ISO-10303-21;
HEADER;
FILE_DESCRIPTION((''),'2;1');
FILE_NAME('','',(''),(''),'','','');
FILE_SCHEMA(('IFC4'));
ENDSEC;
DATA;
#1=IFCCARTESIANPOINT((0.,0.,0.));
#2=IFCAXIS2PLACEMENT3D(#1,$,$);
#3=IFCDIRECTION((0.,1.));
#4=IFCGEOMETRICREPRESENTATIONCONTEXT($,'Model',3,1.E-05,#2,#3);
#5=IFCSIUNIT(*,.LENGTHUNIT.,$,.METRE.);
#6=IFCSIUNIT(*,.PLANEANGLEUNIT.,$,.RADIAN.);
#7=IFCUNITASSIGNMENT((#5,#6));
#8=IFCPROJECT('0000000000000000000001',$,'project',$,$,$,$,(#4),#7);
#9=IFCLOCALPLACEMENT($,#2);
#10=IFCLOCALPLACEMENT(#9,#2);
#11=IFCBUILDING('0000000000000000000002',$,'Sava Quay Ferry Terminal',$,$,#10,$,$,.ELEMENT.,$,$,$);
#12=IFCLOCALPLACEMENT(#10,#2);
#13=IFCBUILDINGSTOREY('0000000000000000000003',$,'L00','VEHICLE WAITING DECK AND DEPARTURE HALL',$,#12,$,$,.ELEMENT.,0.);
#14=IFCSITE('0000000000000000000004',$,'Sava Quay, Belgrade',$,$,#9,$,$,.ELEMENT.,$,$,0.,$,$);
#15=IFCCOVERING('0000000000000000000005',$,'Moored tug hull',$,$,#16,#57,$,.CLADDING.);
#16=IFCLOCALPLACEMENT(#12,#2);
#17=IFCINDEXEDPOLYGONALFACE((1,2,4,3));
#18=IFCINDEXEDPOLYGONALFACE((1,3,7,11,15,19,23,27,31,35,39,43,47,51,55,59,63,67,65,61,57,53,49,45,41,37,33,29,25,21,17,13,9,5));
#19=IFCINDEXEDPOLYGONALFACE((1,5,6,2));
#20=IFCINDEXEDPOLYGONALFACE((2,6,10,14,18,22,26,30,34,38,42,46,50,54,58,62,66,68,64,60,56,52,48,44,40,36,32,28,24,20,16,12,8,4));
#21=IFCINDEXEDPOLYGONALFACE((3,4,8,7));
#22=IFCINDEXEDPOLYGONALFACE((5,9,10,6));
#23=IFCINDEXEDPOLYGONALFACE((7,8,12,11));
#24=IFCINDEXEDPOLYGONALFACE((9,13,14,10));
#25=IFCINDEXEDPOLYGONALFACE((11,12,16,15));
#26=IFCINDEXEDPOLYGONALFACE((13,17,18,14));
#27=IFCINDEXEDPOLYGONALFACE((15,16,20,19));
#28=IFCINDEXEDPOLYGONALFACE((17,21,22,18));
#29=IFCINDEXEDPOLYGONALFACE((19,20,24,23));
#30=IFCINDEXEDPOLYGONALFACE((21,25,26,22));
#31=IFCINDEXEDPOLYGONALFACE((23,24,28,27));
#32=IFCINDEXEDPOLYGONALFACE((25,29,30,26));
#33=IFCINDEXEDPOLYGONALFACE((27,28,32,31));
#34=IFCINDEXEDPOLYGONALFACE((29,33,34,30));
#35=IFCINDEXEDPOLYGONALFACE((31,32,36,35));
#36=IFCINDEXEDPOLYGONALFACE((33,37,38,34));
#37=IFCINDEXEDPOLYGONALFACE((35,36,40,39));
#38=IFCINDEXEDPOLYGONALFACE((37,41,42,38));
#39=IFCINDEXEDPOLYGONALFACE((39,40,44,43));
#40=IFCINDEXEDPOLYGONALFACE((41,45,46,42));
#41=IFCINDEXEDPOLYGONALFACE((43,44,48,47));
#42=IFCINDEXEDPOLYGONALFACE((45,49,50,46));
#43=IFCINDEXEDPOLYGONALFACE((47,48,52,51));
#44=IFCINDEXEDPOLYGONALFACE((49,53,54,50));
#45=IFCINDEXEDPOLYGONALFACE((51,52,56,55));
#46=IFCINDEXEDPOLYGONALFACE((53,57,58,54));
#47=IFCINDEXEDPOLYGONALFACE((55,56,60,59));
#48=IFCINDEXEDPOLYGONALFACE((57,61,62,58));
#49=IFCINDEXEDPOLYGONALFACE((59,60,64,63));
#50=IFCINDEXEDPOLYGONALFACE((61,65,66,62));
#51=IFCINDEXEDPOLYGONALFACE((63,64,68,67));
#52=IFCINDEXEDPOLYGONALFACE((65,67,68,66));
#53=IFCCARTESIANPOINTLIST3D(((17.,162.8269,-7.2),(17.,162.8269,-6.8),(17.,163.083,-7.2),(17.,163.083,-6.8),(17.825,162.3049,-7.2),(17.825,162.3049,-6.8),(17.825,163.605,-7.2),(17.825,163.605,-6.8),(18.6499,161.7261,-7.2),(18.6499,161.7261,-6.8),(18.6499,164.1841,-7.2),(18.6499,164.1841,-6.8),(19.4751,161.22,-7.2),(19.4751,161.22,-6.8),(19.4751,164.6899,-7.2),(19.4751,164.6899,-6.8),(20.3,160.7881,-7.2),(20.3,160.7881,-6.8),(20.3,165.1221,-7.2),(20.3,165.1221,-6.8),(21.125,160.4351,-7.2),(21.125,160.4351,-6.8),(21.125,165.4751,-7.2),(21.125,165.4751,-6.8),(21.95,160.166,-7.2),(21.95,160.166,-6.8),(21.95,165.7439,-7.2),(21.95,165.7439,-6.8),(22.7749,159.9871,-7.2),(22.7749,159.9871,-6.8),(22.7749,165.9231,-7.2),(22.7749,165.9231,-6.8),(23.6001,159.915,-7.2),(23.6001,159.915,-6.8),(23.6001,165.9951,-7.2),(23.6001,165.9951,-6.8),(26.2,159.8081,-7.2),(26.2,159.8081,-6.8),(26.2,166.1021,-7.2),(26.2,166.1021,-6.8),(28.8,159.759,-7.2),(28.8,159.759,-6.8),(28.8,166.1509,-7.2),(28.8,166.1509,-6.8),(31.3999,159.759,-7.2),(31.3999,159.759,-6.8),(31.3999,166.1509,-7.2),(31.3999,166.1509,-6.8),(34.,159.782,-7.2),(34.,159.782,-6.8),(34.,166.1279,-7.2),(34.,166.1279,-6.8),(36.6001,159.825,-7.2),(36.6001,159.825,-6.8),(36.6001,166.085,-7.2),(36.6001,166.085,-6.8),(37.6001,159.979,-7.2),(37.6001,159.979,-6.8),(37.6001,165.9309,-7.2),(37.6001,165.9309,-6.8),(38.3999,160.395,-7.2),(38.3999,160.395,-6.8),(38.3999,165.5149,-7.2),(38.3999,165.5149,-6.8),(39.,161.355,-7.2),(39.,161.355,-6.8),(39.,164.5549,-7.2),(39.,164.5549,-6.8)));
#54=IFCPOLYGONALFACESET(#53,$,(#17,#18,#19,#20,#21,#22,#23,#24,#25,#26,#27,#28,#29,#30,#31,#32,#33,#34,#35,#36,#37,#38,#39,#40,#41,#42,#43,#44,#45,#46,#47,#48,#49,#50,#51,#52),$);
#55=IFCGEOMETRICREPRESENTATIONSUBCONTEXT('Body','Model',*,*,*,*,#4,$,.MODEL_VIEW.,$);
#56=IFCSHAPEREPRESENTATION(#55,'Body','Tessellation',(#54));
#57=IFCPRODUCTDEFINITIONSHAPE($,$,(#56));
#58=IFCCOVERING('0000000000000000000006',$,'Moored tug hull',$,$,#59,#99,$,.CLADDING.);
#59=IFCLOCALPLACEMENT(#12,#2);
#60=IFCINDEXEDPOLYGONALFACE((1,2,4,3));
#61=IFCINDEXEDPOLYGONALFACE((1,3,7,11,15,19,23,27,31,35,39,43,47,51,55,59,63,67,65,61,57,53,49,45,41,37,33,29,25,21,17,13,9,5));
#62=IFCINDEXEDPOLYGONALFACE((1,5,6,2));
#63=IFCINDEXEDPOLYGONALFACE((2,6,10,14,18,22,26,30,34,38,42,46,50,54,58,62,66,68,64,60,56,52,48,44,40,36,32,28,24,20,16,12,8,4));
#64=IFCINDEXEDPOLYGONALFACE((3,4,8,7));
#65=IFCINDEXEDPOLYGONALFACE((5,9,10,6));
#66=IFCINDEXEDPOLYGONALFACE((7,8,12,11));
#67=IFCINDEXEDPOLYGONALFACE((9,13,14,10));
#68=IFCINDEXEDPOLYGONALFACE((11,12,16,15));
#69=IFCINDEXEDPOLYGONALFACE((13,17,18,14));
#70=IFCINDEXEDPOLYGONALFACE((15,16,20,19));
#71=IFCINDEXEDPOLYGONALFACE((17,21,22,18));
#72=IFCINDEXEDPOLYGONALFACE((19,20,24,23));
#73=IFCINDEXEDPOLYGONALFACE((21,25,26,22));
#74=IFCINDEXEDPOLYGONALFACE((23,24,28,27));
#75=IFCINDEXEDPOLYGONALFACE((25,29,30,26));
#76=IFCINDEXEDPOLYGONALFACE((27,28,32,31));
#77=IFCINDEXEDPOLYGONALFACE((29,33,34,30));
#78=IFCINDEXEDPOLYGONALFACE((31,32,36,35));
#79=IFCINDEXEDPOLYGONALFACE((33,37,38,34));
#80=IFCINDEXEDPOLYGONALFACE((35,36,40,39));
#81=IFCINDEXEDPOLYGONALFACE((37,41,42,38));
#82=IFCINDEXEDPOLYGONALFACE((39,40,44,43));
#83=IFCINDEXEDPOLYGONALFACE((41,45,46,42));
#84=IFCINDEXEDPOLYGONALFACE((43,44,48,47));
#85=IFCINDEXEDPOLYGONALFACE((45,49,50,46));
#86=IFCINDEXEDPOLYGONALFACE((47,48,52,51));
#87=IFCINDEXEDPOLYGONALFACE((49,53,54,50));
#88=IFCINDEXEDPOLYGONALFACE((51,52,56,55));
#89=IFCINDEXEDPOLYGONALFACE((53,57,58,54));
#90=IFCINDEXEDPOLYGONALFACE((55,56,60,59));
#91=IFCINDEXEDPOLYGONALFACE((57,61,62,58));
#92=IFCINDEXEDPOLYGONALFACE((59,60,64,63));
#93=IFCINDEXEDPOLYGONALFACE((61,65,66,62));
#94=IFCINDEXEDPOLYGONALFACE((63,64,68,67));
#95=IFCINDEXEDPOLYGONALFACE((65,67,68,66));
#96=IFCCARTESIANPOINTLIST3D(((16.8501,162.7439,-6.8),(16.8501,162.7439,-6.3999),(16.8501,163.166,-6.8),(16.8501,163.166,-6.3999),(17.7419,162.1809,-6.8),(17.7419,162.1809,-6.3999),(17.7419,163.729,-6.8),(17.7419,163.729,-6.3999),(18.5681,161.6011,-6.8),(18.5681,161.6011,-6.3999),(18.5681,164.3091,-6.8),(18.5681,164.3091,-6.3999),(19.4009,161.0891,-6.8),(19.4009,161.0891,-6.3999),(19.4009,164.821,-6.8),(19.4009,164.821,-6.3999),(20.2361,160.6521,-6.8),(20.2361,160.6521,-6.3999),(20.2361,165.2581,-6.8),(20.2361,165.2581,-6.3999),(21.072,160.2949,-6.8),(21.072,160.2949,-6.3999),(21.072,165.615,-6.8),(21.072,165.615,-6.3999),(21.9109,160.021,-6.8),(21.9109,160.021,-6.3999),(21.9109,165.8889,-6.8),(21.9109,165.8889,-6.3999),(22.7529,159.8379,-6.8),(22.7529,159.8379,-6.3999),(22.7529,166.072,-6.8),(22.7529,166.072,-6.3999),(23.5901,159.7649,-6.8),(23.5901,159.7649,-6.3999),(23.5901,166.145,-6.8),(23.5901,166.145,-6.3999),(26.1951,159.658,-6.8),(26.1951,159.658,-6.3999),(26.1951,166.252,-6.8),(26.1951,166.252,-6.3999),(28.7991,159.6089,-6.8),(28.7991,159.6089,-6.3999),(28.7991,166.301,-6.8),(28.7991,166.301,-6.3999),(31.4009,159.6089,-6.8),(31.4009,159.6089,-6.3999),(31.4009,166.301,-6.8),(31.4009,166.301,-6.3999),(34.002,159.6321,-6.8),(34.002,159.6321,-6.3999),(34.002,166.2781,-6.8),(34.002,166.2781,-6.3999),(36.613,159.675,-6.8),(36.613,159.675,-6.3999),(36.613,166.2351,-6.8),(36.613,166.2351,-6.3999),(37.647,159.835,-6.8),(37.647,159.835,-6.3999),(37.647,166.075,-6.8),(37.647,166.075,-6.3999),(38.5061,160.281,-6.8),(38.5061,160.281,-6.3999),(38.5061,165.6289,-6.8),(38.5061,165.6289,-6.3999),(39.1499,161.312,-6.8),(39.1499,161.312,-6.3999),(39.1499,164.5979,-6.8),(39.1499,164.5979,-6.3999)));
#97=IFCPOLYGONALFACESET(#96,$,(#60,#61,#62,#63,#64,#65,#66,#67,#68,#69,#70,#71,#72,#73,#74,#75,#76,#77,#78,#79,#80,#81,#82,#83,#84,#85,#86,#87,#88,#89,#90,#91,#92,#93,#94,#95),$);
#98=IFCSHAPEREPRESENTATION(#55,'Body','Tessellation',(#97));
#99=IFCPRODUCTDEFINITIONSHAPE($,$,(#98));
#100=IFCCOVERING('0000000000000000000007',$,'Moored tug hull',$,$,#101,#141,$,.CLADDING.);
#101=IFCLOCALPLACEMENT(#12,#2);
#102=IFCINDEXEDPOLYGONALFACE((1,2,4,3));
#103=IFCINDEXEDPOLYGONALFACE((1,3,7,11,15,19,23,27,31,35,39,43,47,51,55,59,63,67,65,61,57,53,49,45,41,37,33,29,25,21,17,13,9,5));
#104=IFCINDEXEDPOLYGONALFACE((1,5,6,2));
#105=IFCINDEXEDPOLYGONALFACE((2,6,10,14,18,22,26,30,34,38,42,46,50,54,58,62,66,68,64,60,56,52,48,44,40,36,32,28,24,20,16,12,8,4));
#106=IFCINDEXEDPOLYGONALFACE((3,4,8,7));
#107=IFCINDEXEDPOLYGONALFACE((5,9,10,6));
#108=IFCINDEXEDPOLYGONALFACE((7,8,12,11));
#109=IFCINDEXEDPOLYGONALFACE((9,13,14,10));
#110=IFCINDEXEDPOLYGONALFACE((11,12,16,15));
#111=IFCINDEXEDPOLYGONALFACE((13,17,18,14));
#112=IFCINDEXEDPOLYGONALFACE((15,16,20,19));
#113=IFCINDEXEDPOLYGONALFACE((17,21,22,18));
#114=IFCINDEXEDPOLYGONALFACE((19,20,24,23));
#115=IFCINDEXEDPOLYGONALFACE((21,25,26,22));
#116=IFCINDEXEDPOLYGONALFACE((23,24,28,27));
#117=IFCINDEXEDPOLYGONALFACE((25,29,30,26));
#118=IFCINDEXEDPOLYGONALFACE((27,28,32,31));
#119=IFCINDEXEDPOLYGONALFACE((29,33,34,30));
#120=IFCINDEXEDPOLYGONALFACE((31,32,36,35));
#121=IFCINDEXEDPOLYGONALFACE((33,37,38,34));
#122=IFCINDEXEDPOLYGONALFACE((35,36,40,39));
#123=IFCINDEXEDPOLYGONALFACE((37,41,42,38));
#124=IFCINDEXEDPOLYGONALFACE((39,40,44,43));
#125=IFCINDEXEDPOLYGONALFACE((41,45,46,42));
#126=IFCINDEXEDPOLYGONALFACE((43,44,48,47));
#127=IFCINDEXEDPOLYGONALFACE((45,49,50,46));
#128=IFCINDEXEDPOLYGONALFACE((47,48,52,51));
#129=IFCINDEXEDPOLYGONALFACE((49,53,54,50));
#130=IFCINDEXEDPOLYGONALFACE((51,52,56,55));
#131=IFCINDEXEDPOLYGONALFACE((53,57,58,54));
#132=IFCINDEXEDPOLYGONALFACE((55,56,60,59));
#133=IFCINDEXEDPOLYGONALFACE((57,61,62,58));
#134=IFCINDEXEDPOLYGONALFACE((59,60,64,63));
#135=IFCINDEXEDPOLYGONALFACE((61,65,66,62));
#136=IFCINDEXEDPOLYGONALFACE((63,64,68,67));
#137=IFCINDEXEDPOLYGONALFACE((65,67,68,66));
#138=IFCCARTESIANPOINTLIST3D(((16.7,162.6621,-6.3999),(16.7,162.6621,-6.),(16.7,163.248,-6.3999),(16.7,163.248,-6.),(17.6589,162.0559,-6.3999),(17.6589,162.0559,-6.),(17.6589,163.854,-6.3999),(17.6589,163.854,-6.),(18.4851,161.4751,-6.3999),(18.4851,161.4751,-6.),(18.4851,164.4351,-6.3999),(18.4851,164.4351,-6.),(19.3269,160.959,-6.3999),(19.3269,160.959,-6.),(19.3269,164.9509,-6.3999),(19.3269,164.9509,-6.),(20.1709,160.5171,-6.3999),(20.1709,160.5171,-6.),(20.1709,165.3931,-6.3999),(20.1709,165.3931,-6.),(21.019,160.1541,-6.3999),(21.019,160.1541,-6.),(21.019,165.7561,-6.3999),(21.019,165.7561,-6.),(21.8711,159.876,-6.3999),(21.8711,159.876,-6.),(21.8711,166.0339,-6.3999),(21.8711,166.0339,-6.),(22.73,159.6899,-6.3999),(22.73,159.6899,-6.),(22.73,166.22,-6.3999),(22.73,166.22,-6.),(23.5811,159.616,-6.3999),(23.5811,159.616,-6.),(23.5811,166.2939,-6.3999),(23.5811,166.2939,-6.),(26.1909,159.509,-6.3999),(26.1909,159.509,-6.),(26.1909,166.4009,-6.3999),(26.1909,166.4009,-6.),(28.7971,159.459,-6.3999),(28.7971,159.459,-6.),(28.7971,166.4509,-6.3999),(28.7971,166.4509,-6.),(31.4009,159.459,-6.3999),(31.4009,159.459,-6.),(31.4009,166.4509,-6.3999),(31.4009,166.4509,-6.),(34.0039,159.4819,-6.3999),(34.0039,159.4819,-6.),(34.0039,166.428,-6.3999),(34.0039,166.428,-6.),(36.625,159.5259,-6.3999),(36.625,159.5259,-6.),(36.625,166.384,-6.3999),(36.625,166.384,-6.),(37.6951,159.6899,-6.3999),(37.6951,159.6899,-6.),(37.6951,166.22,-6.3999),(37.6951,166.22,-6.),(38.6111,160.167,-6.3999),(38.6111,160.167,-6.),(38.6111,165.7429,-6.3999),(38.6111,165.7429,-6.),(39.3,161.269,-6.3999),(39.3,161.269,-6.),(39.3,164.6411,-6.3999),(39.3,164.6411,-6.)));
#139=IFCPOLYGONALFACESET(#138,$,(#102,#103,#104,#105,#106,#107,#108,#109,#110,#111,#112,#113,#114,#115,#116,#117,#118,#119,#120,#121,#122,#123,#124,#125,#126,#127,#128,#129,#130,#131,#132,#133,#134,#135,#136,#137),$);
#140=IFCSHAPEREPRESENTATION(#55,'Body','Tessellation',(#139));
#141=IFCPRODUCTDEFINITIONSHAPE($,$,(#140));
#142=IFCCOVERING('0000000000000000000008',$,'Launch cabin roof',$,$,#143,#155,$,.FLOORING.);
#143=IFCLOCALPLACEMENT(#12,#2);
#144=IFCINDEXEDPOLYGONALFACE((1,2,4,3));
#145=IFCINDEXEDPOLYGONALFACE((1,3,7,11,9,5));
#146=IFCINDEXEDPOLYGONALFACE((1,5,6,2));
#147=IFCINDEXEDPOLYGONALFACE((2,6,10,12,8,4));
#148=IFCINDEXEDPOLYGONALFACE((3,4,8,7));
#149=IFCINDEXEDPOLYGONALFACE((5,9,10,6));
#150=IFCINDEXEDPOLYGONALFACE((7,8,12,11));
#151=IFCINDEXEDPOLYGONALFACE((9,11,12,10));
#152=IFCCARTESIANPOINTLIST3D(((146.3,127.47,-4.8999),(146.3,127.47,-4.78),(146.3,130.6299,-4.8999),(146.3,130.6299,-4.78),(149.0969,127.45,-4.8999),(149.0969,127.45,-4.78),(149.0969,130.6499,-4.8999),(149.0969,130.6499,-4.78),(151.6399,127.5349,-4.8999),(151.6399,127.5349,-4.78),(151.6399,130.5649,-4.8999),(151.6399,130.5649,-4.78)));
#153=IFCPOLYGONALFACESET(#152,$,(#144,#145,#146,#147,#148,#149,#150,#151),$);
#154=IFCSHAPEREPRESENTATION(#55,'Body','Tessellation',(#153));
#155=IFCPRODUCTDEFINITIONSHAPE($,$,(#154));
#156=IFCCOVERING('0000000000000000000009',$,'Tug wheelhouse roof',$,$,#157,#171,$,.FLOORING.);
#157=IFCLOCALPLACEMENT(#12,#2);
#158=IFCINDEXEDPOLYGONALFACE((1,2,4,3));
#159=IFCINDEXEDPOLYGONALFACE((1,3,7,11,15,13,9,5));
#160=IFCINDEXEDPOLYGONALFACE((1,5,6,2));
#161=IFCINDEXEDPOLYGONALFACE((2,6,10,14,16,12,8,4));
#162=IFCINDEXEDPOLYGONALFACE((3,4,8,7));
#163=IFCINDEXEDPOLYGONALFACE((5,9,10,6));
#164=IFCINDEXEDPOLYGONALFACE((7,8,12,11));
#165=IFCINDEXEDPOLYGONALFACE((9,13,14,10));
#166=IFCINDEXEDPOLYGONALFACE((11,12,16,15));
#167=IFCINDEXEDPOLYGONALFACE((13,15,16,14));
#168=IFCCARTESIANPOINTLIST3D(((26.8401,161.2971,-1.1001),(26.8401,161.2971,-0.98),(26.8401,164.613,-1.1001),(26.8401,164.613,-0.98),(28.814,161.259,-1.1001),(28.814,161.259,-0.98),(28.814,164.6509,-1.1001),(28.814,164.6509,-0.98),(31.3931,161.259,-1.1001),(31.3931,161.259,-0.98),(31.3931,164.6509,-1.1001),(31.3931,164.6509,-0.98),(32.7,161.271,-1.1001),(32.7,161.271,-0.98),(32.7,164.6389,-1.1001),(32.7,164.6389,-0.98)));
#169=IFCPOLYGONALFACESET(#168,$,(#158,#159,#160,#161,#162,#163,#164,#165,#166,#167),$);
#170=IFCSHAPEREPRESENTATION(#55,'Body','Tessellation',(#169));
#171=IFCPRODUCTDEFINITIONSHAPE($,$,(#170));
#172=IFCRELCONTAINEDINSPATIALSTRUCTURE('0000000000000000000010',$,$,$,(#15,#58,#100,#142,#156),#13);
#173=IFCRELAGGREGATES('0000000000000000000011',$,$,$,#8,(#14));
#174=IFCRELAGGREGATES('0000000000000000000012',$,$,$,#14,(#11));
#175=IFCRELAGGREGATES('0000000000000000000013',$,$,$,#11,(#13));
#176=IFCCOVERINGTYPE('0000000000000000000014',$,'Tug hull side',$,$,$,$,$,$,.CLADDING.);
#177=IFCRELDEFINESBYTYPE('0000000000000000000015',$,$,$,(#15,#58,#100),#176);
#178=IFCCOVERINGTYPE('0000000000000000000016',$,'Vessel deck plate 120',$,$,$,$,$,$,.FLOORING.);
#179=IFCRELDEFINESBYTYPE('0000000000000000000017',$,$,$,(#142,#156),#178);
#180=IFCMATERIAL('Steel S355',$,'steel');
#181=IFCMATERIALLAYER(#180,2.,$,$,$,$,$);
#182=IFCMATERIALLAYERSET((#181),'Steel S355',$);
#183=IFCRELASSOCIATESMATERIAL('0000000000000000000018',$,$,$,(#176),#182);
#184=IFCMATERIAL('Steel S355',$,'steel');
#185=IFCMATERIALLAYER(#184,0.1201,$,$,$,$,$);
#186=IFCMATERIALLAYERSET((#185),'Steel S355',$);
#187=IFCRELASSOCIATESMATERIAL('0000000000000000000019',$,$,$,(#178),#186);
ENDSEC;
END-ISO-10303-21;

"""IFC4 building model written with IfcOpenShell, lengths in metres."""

from ifc_helpers import new_model, si_unit, direction, frame, origin, place, context, subcontext, project, spatial, polyline, outline, extrude, material, layer, layer_set, type_object, element, save


model = new_model("IFC4")

# Units and contexts
model_context = context("Model", 3, precision=1e-05, world=origin(), true_north=direction((0.0, 1.0)))
body_context = subcontext(model_context, "Body", "Model", "MODEL_VIEW")
ifc_project = project(units=[si_unit("LENGTHUNIT", "METRE"), si_unit("PLANEANGLEUNIT", "RADIAN")], contexts=[model_context])

# Site, building, storey
site_placement = place(None, origin())
site = spatial("IfcSite", under=ifc_project, at=site_placement, Name="Sava Quay, Belgrade", CompositionType="ELEMENT", RefElevation=0.0)
building_placement = place(site_placement, origin())
building = spatial("IfcBuilding", under=site, at=building_placement, Name="Sava Quay Ferry Terminal", CompositionType="ELEMENT")
storey_placement = place(building_placement, origin())
storey = spatial("IfcBuildingStorey", under=building, at=storey_placement, Name="L00", Description="VEHICLE WAITING DECK AND DEPARTURE HALL", CompositionType="ELEMENT", Elevation=0.0)

# Coverings
ifc_material_1 = material(Name="Steel S355", Category="steel")
ifc_layer_1 = layer(ifc_material_1, 2.0)
ifc_layer_set_1 = layer_set([ifc_layer_1], Name="Steel S355")
covering_type_1 = type_object("IfcCoveringType", Name="Tug hull side", PredefinedType="CLADDING", material=ifc_layer_set_1)
covering_1_placement = place(storey_placement, frame((0.0, 0.0, -7.2)))
element("IfcCovering", 1, at=covering_1_placement, inside=storey, type_object=covering_type_1, Name="Moored tug hull", PredefinedType="CLADDING", context=body_context, shape_type="SweptSolid", body=[
    extrude(outline(polyline([(39.0, 164.5549), (38.3999, 165.5149), (37.6001, 165.9309), (36.6001, 166.085), (34.0, 166.1279), (31.3999, 166.1509), (28.8, 166.1509), (26.2, 166.1021), (23.6001, 165.9951), (22.7749, 165.9231), (21.95, 165.7439), (21.125, 165.4751), (20.3, 165.1221), (19.4751, 164.6899), (18.6499, 164.1841), (17.825, 163.605), (17.0, 163.083), (17.0, 162.8269), (17.825, 162.3049), (18.6499, 161.7261), (19.4751, 161.22), (20.3, 160.7881), (21.125, 160.4351), (21.95, 160.166), (22.7749, 159.9871), (23.6001, 159.915), (26.2, 159.8081), (28.8, 159.759), (31.3999, 159.759), (34.0, 159.782), (36.6001, 159.825), (37.6001, 159.979), (38.3999, 160.395), (39.0, 161.355), (39.0, 164.5549)])), origin(), (0.0, 0.0, 1.0), 0.3999),
])
covering_2_placement = place(storey_placement, frame((0.0, 0.0, -6.8)))
element("IfcCovering", 2, at=covering_2_placement, inside=storey, type_object=covering_type_1, Name="Moored tug hull", PredefinedType="CLADDING", context=body_context, shape_type="SweptSolid", body=[
    extrude(outline(polyline([(39.1499, 164.5979), (38.5061, 165.6289), (37.647, 166.075), (36.613, 166.2351), (34.002, 166.2781), (31.4009, 166.301), (28.7991, 166.301), (26.1951, 166.252), (23.5901, 166.145), (22.7529, 166.072), (21.9109, 165.8889), (21.072, 165.615), (20.2361, 165.2581), (19.4009, 164.821), (18.5681, 164.3091), (17.7419, 163.729), (16.8501, 163.166), (16.8501, 162.7439), (17.7419, 162.1809), (18.5681, 161.6011), (19.4009, 161.0891), (20.2361, 160.6521), (21.072, 160.2949), (21.9109, 160.021), (22.7529, 159.8379), (23.5901, 159.7649), (26.1951, 159.658), (28.7991, 159.6089), (31.4009, 159.6089), (34.002, 159.6321), (36.613, 159.675), (37.647, 159.835), (38.5061, 160.281), (39.1499, 161.312), (39.1499, 164.5979)])), origin(), (0.0, 0.0, 1.0), 0.4001),
])
covering_3_placement = place(storey_placement, frame((0.0, 0.0, -6.3999)))
element("IfcCovering", 3, at=covering_3_placement, inside=storey, type_object=covering_type_1, Name="Moored tug hull", PredefinedType="CLADDING", context=body_context, shape_type="SweptSolid", body=[
    extrude(outline(polyline([(39.3, 164.6411), (38.6111, 165.7429), (37.6951, 166.22), (36.625, 166.384), (34.0039, 166.428), (31.4009, 166.4509), (28.7971, 166.4509), (26.1909, 166.4009), (23.5811, 166.2939), (22.73, 166.22), (21.8711, 166.0339), (21.019, 165.7561), (20.1709, 165.3931), (19.3269, 164.9509), (18.4851, 164.4351), (17.6589, 163.854), (16.7, 163.248), (16.7, 162.6621), (17.6589, 162.0559), (18.4851, 161.4751), (19.3269, 160.959), (20.1709, 160.5171), (21.019, 160.1541), (21.8711, 159.876), (22.73, 159.6899), (23.5811, 159.616), (26.1909, 159.509), (28.7971, 159.459), (31.4009, 159.459), (34.0039, 159.4819), (36.625, 159.5259), (37.6951, 159.6899), (38.6111, 160.167), (39.3, 161.269), (39.3, 164.6411)])), origin(), (0.0, 0.0, 1.0), 0.3999),
])
ifc_material_2 = material(Name="Steel S355", Category="steel")
ifc_layer_2 = layer(ifc_material_2, 0.1201)
ifc_layer_set_2 = layer_set([ifc_layer_2], Name="Steel S355")
covering_type_2 = type_object("IfcCoveringType", Name="Vessel deck plate 120", PredefinedType="FLOORING", material=ifc_layer_set_2)
covering_4_placement = place(storey_placement, frame((0.0, 0.0, -4.8999)))
element("IfcCovering", 4, at=covering_4_placement, inside=storey, type_object=covering_type_2, Name="Launch cabin roof", PredefinedType="FLOORING", context=body_context, shape_type="SweptSolid", body=[
    extrude(outline(polyline([(149.0969, 130.6499), (146.3, 130.6299), (146.3, 127.47), (149.0969, 127.45), (151.6399, 127.5349), (151.6399, 130.5649), (149.0969, 130.6499)])), origin(), (0.0, 0.0, 1.0), 0.1199),
])
covering_5_placement = place(storey_placement, frame((0.0, 0.0, -1.1001)))
element("IfcCovering", 5, at=covering_5_placement, inside=storey, type_object=covering_type_2, Name="Tug wheelhouse roof", PredefinedType="FLOORING", context=body_context, shape_type="SweptSolid", body=[
    extrude(outline(polyline([(31.3931, 164.6509), (28.814, 164.6509), (26.8401, 164.613), (26.8401, 161.2971), (28.814, 161.259), (31.3931, 161.259), (32.7, 161.271), (32.7, 164.6389), (31.3931, 164.6509)])), origin(), (0.0, 0.0, 1.0), 0.1201),
])

save(model, "model.ifc")
